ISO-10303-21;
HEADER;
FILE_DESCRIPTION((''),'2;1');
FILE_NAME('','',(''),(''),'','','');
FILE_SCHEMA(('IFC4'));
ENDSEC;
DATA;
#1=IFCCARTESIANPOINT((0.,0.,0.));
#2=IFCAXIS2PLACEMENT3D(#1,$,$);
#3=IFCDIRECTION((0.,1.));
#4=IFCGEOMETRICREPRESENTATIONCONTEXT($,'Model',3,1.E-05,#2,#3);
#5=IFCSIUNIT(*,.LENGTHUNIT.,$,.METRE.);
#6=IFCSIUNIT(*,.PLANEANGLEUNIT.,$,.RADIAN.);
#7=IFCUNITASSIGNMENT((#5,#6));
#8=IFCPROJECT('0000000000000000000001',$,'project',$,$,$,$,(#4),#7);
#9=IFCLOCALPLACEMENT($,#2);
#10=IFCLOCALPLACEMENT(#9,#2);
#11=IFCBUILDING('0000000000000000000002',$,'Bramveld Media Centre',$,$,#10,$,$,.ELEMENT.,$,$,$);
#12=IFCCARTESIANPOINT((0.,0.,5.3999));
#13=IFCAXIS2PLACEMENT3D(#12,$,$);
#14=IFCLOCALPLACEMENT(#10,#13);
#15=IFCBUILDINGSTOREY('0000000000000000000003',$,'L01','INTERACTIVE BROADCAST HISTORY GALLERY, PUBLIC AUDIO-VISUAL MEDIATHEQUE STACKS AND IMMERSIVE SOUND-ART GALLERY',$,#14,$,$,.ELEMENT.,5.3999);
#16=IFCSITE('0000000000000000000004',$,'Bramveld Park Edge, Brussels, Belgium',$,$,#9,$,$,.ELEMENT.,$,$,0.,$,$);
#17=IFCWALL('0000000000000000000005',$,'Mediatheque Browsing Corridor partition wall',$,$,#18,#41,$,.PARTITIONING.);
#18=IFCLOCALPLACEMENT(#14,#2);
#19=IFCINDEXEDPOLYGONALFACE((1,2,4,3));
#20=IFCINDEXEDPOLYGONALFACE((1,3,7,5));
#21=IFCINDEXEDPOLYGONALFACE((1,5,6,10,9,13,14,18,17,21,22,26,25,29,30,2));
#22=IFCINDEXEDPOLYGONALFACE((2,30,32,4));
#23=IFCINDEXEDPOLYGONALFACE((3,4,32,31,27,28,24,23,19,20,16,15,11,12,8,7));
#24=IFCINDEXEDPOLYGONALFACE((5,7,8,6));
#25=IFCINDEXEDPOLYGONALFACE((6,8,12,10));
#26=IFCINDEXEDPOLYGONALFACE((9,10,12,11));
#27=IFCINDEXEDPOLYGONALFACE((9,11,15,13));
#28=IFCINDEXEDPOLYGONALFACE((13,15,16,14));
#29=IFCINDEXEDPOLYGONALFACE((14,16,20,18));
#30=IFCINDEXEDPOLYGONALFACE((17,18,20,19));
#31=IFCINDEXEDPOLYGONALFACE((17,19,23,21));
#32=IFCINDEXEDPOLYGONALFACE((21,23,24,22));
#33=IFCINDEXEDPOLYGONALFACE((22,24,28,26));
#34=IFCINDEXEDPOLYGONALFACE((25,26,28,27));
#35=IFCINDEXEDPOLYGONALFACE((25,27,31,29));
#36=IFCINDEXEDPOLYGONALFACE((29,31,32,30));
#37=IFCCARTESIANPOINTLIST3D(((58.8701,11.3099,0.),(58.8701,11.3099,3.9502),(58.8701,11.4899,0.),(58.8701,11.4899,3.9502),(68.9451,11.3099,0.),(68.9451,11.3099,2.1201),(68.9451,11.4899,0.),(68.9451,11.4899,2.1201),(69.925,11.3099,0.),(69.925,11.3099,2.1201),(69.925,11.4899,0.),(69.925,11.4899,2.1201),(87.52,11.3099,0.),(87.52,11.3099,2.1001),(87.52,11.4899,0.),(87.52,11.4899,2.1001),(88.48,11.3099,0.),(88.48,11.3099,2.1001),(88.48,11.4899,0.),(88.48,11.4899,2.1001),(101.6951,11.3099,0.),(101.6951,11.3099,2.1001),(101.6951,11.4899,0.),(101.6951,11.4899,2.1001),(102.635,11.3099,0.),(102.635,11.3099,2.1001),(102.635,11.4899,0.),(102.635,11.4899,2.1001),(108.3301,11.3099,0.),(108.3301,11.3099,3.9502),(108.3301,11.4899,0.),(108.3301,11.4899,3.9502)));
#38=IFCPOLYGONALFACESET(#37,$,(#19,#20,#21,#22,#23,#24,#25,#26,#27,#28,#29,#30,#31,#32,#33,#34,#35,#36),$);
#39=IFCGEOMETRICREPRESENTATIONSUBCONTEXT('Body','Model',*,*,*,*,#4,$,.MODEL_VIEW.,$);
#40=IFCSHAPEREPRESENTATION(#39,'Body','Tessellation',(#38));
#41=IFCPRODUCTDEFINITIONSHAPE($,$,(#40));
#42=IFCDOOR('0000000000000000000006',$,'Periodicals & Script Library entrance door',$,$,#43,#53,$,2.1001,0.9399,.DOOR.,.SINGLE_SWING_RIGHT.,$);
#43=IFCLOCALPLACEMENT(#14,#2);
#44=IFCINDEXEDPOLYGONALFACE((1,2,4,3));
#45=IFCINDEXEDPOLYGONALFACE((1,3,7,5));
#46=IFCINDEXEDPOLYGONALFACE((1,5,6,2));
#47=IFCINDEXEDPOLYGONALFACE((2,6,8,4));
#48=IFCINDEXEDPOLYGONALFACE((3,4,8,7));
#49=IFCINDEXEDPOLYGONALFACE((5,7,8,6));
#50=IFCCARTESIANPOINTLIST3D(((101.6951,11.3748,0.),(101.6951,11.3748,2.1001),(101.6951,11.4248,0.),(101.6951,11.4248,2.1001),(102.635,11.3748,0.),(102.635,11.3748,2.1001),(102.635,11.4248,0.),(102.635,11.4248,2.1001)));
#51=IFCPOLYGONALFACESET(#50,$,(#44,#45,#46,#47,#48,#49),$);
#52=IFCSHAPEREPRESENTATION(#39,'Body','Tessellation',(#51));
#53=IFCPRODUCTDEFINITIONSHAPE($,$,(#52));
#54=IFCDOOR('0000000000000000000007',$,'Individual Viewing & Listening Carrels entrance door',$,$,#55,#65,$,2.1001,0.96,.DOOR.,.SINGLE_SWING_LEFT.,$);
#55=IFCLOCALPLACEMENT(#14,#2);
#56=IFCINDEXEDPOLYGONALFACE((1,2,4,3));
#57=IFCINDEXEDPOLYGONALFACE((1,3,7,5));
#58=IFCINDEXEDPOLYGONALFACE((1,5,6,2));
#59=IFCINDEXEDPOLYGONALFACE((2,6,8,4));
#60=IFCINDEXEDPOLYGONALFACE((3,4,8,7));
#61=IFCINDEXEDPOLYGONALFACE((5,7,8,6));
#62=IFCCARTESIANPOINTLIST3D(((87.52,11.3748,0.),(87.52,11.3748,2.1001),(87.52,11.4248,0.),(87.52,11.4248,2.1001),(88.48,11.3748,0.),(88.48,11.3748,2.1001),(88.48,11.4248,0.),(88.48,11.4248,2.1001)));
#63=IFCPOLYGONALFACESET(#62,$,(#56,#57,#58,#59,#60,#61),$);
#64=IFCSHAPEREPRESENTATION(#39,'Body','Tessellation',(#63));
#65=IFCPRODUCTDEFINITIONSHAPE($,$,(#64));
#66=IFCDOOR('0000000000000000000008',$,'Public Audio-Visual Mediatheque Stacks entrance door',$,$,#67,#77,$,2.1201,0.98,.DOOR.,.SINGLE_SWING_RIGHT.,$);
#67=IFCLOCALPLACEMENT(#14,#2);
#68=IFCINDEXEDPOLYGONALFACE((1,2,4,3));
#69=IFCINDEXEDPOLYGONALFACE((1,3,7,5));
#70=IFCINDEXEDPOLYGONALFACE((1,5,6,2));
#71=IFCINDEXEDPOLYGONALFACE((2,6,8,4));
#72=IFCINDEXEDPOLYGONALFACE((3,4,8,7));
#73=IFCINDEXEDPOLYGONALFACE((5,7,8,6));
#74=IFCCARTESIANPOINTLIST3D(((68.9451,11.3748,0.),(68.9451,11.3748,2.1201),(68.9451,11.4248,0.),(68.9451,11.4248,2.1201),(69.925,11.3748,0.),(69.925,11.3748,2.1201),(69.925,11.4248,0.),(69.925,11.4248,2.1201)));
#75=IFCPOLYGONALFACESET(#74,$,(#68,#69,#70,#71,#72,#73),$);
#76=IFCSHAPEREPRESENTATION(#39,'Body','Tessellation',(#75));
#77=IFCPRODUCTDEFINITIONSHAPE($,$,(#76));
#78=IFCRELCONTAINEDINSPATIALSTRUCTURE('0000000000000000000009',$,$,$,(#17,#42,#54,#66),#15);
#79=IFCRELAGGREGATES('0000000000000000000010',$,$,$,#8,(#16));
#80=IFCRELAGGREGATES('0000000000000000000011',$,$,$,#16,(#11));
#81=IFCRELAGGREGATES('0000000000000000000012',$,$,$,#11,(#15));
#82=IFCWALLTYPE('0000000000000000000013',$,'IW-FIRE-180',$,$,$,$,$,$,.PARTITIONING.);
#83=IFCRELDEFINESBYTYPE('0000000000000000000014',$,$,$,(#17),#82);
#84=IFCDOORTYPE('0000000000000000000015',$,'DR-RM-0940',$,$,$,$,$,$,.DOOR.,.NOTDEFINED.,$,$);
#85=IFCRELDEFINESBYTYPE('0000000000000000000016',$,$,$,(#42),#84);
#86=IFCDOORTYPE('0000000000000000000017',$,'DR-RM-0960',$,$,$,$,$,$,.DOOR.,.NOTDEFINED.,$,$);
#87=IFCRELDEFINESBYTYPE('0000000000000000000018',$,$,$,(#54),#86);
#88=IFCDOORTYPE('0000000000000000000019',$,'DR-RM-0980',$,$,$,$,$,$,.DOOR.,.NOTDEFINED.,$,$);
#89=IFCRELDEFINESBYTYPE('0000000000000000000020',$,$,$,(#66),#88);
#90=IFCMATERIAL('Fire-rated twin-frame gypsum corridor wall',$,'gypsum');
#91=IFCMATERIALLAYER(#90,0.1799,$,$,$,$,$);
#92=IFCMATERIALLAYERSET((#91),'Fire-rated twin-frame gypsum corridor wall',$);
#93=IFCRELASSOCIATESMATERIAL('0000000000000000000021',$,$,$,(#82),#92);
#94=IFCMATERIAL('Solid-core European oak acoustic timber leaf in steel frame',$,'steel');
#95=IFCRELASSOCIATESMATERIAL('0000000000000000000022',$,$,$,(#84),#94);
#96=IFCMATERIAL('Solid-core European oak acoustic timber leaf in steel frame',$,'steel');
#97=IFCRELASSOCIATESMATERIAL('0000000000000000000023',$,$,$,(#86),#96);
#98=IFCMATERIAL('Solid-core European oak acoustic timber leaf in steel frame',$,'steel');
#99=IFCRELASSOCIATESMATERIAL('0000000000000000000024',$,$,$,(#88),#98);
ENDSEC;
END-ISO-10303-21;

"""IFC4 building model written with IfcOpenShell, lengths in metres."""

from ifc_helpers import new_model, si_unit, direction, frame, frame_2d, origin, place, context, subcontext, project, spatial, rectangle, extrude, material, layer, layer_set, type_object, element, fill, save


model = new_model("IFC4")

# Units and contexts
model_context = context("Model", 3, precision=1e-05, world=origin(), true_north=direction((0.0, 1.0)))
body_context = subcontext(model_context, "Body", "Model", "MODEL_VIEW")
ifc_project = project(units=[si_unit("LENGTHUNIT", "METRE"), si_unit("PLANEANGLEUNIT", "RADIAN")], contexts=[model_context])

# Site, building, storey
site_placement = place(None, origin())
site = spatial("IfcSite", under=ifc_project, at=site_placement, Name="Bramveld Park Edge, Brussels, Belgium", CompositionType="ELEMENT", RefElevation=0.0)
building_placement = place(site_placement, origin())
building = spatial("IfcBuilding", under=site, at=building_placement, Name="Bramveld Media Centre", CompositionType="ELEMENT")
storey_placement = place(building_placement, frame((0.0, 0.0, 5.3999)))
storey = spatial("IfcBuildingStorey", under=building, at=storey_placement, Name="L01", Description="INTERACTIVE BROADCAST HISTORY GALLERY, PUBLIC AUDIO-VISUAL MEDIATHEQUE STACKS AND IMMERSIVE SOUND-ART GALLERY", CompositionType="ELEMENT", Elevation=5.3999)

# Wall, openings, doors
ifc_material_1 = material(Name="Fire-rated twin-frame gypsum corridor wall", Category="gypsum")
ifc_layer_1 = layer(ifc_material_1, 0.1799)
ifc_layer_set_1 = layer_set([ifc_layer_1], Name="Fire-rated twin-frame gypsum corridor wall")
wall_type_1 = type_object("IfcWallType", Name="IW-FIRE-180", PredefinedType="PARTITIONING", material=ifc_layer_set_1)
wall_1_placement = place(storey_placement, frame((58.8701, 11.3999, 0.0), z_axis=(0.0, 0.0, 1.0), x_axis=(1.0, 0.0, 0.0)))
wall_1 = element("IfcWall", 1, at=wall_1_placement, inside=storey, type_object=wall_type_1, Name="Mediatheque Browsing Corridor partition wall", PredefinedType="PARTITIONING", context=body_context, shape_type="SweptSolid", body=[
    extrude(rectangle(XDim=49.46, YDim=0.1799, at=frame_2d((24.73, 0.0))), origin(), (0.0, 0.0, 1.0), 3.9502),
])
opening_1_placement = place(wall_1_placement, frame((10.075, 0.0, 0.0)))
opening_1 = element("IfcOpeningElement", 2, at=opening_1_placement, cuts=wall_1, PredefinedType="OPENING", context=body_context, shape_type="SweptSolid", body=[
    extrude(rectangle(XDim=0.98, YDim=2.1201, at=frame_2d((0.49, 1.0601))), frame((0.0, 0.1021, 0.0), z_axis=(0.0, -1.0, 0.0), x_axis=(1.0, 0.0, 0.0)), (0.0, 0.0, 1.0), 0.2039),
])
opening_2_placement = place(wall_1_placement, frame((28.6499, 0.0, 0.0)))
opening_2 = element("IfcOpeningElement", 3, at=opening_2_placement, cuts=wall_1, PredefinedType="OPENING", context=body_context, shape_type="SweptSolid", body=[
    extrude(rectangle(XDim=0.96, YDim=2.1001, at=frame_2d((0.48, 1.05))), frame((0.0, 0.1021, 0.0), z_axis=(0.0, -1.0, 0.0), x_axis=(1.0, 0.0, 0.0)), (0.0, 0.0, 1.0), 0.2039),
])
opening_3_placement = place(wall_1_placement, frame((42.825, 0.0, 0.0)))
opening_3 = element("IfcOpeningElement", 4, at=opening_3_placement, cuts=wall_1, PredefinedType="OPENING", context=body_context, shape_type="SweptSolid", body=[
    extrude(rectangle(XDim=0.9399, YDim=2.1001, at=frame_2d((0.47, 1.05))), frame((0.0, 0.1021, 0.0), z_axis=(0.0, -1.0, 0.0), x_axis=(1.0, 0.0, 0.0)), (0.0, 0.0, 1.0), 0.2039),
])
ifc_material_2 = material(Name="Solid-core European oak acoustic timber leaf in steel frame", Category="steel")
door_type_1 = type_object("IfcDoorType", Name="DR-RM-0940", OperationType="NOTDEFINED", PredefinedType="DOOR", material=ifc_material_2)
door_1_placement = place(opening_3_placement, origin())
door_1 = element("IfcDoor", 5, at=door_1_placement, inside=storey, type_object=door_type_1, Name="Periodicals & Script Library entrance door", OperationType="SINGLE_SWING_RIGHT", OverallHeight=2.1001, OverallWidth=0.9399, PredefinedType="DOOR", context=body_context, shape_type="SweptSolid", body=[
    extrude(rectangle(XDim=0.9399, YDim=2.1001, at=frame_2d((0.47, 1.05))), frame((0.0, 0.0249, 0.0), z_axis=(0.0, -1.0, 0.0), x_axis=(1.0, 0.0, 0.0)), (0.0, 0.0, 1.0), 0.05),
])
fill(opening_3, door_1)
ifc_material_3 = material(Name="Solid-core European oak acoustic timber leaf in steel frame", Category="steel")
door_type_2 = type_object("IfcDoorType", Name="DR-RM-0960", OperationType="NOTDEFINED", PredefinedType="DOOR", material=ifc_material_3)
door_2_placement = place(opening_2_placement, origin())
door_2 = element("IfcDoor", 6, at=door_2_placement, inside=storey, type_object=door_type_2, Name="Individual Viewing & Listening Carrels entrance door", OperationType="SINGLE_SWING_LEFT", OverallHeight=2.1001, OverallWidth=0.96, PredefinedType="DOOR", context=body_context, shape_type="SweptSolid", body=[
    extrude(rectangle(XDim=0.96, YDim=2.1001, at=frame_2d((0.48, 1.05))), frame((0.0, 0.0249, 0.0), z_axis=(0.0, -1.0, 0.0), x_axis=(1.0, 0.0, 0.0)), (0.0, 0.0, 1.0), 0.05),
])
fill(opening_2, door_2)
ifc_material_4 = material(Name="Solid-core European oak acoustic timber leaf in steel frame", Category="steel")
door_type_3 = type_object("IfcDoorType", Name="DR-RM-0980", OperationType="NOTDEFINED", PredefinedType="DOOR", material=ifc_material_4)
door_3_placement = place(opening_1_placement, origin())
door_3 = element("IfcDoor", 7, at=door_3_placement, inside=storey, type_object=door_type_3, Name="Public Audio-Visual Mediatheque Stacks entrance door", OperationType="SINGLE_SWING_RIGHT", OverallHeight=2.1201, OverallWidth=0.98, PredefinedType="DOOR", context=body_context, shape_type="SweptSolid", body=[
    extrude(rectangle(XDim=0.98, YDim=2.1201, at=frame_2d((0.49, 1.0601))), frame((0.0, 0.0249, 0.0), z_axis=(0.0, -1.0, 0.0), x_axis=(1.0, 0.0, 0.0)), (0.0, 0.0, 1.0), 0.05),
])
fill(opening_1, door_3)

save(model, "model.ifc")
